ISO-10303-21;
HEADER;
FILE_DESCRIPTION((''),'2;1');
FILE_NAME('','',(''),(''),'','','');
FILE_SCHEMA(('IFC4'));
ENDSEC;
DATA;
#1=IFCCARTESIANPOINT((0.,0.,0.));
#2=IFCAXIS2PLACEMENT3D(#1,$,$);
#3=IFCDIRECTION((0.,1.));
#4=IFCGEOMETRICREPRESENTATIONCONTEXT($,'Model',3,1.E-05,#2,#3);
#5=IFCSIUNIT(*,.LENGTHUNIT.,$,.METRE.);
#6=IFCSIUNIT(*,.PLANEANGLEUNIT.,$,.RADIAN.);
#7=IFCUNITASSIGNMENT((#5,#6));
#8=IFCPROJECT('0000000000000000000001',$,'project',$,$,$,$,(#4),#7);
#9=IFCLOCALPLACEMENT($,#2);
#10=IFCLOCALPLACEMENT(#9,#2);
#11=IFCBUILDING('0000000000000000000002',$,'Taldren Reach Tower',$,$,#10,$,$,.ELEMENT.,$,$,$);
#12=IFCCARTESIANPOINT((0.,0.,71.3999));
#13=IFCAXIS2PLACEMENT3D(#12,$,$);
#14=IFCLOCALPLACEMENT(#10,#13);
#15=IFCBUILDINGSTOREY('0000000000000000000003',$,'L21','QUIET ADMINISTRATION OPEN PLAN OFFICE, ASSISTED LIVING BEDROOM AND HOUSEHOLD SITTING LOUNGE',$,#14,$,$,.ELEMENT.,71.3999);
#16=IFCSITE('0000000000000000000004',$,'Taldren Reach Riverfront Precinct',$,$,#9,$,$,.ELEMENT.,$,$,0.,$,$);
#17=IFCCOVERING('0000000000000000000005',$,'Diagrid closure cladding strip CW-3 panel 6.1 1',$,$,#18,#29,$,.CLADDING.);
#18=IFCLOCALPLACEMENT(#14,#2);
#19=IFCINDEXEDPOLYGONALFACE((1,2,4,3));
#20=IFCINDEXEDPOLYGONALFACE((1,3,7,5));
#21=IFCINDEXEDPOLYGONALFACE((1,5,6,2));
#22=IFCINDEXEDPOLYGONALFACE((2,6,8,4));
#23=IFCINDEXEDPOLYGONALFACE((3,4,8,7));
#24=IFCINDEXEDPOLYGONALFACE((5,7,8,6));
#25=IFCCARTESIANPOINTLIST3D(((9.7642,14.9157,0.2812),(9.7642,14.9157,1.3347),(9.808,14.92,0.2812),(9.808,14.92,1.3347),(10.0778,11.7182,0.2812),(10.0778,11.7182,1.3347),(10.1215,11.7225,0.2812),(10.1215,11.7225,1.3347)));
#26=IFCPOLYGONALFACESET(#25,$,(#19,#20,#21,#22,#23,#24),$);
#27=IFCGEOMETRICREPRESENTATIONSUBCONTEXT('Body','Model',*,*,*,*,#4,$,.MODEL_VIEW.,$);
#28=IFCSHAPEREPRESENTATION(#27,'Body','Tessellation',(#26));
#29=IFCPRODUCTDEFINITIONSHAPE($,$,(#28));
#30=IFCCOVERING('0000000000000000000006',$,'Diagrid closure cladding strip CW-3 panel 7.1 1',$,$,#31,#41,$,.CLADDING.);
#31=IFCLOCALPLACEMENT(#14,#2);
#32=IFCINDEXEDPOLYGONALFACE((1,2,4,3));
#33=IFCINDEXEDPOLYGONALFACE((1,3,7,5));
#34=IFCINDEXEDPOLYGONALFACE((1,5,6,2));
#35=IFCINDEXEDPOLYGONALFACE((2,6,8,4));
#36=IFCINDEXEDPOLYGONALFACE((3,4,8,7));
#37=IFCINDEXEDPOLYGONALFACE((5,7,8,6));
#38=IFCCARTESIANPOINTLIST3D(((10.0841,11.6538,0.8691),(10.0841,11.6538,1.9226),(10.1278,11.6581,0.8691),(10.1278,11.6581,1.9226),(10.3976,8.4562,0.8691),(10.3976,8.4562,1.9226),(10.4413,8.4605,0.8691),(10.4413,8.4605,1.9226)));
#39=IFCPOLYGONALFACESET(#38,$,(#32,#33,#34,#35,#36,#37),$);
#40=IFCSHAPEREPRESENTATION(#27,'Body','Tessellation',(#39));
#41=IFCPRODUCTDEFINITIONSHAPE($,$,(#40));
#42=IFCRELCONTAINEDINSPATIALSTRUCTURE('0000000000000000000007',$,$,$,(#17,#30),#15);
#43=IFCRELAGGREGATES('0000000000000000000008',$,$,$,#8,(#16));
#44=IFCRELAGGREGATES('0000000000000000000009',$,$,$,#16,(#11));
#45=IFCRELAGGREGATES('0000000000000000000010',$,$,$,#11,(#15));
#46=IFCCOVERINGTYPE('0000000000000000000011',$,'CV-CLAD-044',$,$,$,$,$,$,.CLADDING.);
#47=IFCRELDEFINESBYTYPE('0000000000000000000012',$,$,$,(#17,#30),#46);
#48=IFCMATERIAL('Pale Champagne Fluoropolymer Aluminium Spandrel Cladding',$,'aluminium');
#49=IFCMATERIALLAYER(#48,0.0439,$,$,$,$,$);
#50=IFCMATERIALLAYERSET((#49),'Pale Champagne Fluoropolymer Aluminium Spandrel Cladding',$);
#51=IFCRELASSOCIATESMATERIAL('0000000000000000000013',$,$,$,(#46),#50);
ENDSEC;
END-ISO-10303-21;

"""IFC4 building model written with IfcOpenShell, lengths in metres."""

from ifc_helpers import new_model, si_unit, direction, frame, origin, origin_2d, place, context, subcontext, project, spatial, rectangle, extrude, source, transform, mapped, material, layer, layer_set, type_object, element, save


model = new_model("IFC4")

# Units and contexts
model_context = context("Model", 3, precision=1e-05, world=origin(), true_north=direction((0.0, 1.0)))
body_context = subcontext(model_context, "Body", "Model", "MODEL_VIEW")
ifc_project = project(units=[si_unit("LENGTHUNIT", "METRE"), si_unit("PLANEANGLEUNIT", "RADIAN")], contexts=[model_context])

# Site, building, storey
site_placement = place(None, origin())
site = spatial("IfcSite", under=ifc_project, at=site_placement, Name="Taldren Reach Riverfront Precinct", CompositionType="ELEMENT", RefElevation=0.0)
building_placement = place(site_placement, origin())
building = spatial("IfcBuilding", under=site, at=building_placement, Name="Taldren Reach Tower", CompositionType="ELEMENT")
storey_placement = place(building_placement, frame((0.0, 0.0, 71.3999)))
storey = spatial("IfcBuildingStorey", under=building, at=storey_placement, Name="L21", Description="QUIET ADMINISTRATION OPEN PLAN OFFICE, ASSISTED LIVING BEDROOM AND HOUSEHOLD SITTING LOUNGE", CompositionType="ELEMENT", Elevation=71.3999)

# Coverings
ifc_material_1 = material(Name="Pale Champagne Fluoropolymer Aluminium Spandrel Cladding", Category="aluminium")
ifc_layer_1 = layer(ifc_material_1, 0.0439)
ifc_layer_set_1 = layer_set([ifc_layer_1], Name="Pale Champagne Fluoropolymer Aluminium Spandrel Cladding")
covering_type = type_object("IfcCoveringType", Name="CV-CLAD-044", PredefinedType="CLADDING", material=ifc_layer_set_1)
shared_shape_1 = source(origin(), body_context, "Body", "SweptSolid", [
    extrude(rectangle(XDim=3.2129, YDim=0.0439, at=origin_2d()), origin(), (0.0, 0.0, 1.0), 1.0535),
])
for number, where, z_axis, x_axis, name in (
    (1, (9.9429, 13.3191, 0.2812), (0.0, 0.0, 1.0), (0.097583, -0.995227, 0.0), "Diagrid closure cladding strip CW-3 panel 6.1 1"),
    (2, (10.2627, 10.0571, 0.8691), (0.0, 0.0, 1.0), (0.097583, -0.995227, 0.0), "Diagrid closure cladding strip CW-3 panel 7.1 1"),
):
    element("IfcCovering", number, at=place(storey_placement, frame(where, z_axis=z_axis, x_axis=x_axis)), inside=storey, type_object=covering_type, Name=name, PredefinedType="CLADDING", context=body_context, shape_type="MappedRepresentation", body=[
        mapped(shared_shape_1, transform((0.0, 0.0, 0.0), scale=1.0)),
    ])

save(model, "model.ifc")
